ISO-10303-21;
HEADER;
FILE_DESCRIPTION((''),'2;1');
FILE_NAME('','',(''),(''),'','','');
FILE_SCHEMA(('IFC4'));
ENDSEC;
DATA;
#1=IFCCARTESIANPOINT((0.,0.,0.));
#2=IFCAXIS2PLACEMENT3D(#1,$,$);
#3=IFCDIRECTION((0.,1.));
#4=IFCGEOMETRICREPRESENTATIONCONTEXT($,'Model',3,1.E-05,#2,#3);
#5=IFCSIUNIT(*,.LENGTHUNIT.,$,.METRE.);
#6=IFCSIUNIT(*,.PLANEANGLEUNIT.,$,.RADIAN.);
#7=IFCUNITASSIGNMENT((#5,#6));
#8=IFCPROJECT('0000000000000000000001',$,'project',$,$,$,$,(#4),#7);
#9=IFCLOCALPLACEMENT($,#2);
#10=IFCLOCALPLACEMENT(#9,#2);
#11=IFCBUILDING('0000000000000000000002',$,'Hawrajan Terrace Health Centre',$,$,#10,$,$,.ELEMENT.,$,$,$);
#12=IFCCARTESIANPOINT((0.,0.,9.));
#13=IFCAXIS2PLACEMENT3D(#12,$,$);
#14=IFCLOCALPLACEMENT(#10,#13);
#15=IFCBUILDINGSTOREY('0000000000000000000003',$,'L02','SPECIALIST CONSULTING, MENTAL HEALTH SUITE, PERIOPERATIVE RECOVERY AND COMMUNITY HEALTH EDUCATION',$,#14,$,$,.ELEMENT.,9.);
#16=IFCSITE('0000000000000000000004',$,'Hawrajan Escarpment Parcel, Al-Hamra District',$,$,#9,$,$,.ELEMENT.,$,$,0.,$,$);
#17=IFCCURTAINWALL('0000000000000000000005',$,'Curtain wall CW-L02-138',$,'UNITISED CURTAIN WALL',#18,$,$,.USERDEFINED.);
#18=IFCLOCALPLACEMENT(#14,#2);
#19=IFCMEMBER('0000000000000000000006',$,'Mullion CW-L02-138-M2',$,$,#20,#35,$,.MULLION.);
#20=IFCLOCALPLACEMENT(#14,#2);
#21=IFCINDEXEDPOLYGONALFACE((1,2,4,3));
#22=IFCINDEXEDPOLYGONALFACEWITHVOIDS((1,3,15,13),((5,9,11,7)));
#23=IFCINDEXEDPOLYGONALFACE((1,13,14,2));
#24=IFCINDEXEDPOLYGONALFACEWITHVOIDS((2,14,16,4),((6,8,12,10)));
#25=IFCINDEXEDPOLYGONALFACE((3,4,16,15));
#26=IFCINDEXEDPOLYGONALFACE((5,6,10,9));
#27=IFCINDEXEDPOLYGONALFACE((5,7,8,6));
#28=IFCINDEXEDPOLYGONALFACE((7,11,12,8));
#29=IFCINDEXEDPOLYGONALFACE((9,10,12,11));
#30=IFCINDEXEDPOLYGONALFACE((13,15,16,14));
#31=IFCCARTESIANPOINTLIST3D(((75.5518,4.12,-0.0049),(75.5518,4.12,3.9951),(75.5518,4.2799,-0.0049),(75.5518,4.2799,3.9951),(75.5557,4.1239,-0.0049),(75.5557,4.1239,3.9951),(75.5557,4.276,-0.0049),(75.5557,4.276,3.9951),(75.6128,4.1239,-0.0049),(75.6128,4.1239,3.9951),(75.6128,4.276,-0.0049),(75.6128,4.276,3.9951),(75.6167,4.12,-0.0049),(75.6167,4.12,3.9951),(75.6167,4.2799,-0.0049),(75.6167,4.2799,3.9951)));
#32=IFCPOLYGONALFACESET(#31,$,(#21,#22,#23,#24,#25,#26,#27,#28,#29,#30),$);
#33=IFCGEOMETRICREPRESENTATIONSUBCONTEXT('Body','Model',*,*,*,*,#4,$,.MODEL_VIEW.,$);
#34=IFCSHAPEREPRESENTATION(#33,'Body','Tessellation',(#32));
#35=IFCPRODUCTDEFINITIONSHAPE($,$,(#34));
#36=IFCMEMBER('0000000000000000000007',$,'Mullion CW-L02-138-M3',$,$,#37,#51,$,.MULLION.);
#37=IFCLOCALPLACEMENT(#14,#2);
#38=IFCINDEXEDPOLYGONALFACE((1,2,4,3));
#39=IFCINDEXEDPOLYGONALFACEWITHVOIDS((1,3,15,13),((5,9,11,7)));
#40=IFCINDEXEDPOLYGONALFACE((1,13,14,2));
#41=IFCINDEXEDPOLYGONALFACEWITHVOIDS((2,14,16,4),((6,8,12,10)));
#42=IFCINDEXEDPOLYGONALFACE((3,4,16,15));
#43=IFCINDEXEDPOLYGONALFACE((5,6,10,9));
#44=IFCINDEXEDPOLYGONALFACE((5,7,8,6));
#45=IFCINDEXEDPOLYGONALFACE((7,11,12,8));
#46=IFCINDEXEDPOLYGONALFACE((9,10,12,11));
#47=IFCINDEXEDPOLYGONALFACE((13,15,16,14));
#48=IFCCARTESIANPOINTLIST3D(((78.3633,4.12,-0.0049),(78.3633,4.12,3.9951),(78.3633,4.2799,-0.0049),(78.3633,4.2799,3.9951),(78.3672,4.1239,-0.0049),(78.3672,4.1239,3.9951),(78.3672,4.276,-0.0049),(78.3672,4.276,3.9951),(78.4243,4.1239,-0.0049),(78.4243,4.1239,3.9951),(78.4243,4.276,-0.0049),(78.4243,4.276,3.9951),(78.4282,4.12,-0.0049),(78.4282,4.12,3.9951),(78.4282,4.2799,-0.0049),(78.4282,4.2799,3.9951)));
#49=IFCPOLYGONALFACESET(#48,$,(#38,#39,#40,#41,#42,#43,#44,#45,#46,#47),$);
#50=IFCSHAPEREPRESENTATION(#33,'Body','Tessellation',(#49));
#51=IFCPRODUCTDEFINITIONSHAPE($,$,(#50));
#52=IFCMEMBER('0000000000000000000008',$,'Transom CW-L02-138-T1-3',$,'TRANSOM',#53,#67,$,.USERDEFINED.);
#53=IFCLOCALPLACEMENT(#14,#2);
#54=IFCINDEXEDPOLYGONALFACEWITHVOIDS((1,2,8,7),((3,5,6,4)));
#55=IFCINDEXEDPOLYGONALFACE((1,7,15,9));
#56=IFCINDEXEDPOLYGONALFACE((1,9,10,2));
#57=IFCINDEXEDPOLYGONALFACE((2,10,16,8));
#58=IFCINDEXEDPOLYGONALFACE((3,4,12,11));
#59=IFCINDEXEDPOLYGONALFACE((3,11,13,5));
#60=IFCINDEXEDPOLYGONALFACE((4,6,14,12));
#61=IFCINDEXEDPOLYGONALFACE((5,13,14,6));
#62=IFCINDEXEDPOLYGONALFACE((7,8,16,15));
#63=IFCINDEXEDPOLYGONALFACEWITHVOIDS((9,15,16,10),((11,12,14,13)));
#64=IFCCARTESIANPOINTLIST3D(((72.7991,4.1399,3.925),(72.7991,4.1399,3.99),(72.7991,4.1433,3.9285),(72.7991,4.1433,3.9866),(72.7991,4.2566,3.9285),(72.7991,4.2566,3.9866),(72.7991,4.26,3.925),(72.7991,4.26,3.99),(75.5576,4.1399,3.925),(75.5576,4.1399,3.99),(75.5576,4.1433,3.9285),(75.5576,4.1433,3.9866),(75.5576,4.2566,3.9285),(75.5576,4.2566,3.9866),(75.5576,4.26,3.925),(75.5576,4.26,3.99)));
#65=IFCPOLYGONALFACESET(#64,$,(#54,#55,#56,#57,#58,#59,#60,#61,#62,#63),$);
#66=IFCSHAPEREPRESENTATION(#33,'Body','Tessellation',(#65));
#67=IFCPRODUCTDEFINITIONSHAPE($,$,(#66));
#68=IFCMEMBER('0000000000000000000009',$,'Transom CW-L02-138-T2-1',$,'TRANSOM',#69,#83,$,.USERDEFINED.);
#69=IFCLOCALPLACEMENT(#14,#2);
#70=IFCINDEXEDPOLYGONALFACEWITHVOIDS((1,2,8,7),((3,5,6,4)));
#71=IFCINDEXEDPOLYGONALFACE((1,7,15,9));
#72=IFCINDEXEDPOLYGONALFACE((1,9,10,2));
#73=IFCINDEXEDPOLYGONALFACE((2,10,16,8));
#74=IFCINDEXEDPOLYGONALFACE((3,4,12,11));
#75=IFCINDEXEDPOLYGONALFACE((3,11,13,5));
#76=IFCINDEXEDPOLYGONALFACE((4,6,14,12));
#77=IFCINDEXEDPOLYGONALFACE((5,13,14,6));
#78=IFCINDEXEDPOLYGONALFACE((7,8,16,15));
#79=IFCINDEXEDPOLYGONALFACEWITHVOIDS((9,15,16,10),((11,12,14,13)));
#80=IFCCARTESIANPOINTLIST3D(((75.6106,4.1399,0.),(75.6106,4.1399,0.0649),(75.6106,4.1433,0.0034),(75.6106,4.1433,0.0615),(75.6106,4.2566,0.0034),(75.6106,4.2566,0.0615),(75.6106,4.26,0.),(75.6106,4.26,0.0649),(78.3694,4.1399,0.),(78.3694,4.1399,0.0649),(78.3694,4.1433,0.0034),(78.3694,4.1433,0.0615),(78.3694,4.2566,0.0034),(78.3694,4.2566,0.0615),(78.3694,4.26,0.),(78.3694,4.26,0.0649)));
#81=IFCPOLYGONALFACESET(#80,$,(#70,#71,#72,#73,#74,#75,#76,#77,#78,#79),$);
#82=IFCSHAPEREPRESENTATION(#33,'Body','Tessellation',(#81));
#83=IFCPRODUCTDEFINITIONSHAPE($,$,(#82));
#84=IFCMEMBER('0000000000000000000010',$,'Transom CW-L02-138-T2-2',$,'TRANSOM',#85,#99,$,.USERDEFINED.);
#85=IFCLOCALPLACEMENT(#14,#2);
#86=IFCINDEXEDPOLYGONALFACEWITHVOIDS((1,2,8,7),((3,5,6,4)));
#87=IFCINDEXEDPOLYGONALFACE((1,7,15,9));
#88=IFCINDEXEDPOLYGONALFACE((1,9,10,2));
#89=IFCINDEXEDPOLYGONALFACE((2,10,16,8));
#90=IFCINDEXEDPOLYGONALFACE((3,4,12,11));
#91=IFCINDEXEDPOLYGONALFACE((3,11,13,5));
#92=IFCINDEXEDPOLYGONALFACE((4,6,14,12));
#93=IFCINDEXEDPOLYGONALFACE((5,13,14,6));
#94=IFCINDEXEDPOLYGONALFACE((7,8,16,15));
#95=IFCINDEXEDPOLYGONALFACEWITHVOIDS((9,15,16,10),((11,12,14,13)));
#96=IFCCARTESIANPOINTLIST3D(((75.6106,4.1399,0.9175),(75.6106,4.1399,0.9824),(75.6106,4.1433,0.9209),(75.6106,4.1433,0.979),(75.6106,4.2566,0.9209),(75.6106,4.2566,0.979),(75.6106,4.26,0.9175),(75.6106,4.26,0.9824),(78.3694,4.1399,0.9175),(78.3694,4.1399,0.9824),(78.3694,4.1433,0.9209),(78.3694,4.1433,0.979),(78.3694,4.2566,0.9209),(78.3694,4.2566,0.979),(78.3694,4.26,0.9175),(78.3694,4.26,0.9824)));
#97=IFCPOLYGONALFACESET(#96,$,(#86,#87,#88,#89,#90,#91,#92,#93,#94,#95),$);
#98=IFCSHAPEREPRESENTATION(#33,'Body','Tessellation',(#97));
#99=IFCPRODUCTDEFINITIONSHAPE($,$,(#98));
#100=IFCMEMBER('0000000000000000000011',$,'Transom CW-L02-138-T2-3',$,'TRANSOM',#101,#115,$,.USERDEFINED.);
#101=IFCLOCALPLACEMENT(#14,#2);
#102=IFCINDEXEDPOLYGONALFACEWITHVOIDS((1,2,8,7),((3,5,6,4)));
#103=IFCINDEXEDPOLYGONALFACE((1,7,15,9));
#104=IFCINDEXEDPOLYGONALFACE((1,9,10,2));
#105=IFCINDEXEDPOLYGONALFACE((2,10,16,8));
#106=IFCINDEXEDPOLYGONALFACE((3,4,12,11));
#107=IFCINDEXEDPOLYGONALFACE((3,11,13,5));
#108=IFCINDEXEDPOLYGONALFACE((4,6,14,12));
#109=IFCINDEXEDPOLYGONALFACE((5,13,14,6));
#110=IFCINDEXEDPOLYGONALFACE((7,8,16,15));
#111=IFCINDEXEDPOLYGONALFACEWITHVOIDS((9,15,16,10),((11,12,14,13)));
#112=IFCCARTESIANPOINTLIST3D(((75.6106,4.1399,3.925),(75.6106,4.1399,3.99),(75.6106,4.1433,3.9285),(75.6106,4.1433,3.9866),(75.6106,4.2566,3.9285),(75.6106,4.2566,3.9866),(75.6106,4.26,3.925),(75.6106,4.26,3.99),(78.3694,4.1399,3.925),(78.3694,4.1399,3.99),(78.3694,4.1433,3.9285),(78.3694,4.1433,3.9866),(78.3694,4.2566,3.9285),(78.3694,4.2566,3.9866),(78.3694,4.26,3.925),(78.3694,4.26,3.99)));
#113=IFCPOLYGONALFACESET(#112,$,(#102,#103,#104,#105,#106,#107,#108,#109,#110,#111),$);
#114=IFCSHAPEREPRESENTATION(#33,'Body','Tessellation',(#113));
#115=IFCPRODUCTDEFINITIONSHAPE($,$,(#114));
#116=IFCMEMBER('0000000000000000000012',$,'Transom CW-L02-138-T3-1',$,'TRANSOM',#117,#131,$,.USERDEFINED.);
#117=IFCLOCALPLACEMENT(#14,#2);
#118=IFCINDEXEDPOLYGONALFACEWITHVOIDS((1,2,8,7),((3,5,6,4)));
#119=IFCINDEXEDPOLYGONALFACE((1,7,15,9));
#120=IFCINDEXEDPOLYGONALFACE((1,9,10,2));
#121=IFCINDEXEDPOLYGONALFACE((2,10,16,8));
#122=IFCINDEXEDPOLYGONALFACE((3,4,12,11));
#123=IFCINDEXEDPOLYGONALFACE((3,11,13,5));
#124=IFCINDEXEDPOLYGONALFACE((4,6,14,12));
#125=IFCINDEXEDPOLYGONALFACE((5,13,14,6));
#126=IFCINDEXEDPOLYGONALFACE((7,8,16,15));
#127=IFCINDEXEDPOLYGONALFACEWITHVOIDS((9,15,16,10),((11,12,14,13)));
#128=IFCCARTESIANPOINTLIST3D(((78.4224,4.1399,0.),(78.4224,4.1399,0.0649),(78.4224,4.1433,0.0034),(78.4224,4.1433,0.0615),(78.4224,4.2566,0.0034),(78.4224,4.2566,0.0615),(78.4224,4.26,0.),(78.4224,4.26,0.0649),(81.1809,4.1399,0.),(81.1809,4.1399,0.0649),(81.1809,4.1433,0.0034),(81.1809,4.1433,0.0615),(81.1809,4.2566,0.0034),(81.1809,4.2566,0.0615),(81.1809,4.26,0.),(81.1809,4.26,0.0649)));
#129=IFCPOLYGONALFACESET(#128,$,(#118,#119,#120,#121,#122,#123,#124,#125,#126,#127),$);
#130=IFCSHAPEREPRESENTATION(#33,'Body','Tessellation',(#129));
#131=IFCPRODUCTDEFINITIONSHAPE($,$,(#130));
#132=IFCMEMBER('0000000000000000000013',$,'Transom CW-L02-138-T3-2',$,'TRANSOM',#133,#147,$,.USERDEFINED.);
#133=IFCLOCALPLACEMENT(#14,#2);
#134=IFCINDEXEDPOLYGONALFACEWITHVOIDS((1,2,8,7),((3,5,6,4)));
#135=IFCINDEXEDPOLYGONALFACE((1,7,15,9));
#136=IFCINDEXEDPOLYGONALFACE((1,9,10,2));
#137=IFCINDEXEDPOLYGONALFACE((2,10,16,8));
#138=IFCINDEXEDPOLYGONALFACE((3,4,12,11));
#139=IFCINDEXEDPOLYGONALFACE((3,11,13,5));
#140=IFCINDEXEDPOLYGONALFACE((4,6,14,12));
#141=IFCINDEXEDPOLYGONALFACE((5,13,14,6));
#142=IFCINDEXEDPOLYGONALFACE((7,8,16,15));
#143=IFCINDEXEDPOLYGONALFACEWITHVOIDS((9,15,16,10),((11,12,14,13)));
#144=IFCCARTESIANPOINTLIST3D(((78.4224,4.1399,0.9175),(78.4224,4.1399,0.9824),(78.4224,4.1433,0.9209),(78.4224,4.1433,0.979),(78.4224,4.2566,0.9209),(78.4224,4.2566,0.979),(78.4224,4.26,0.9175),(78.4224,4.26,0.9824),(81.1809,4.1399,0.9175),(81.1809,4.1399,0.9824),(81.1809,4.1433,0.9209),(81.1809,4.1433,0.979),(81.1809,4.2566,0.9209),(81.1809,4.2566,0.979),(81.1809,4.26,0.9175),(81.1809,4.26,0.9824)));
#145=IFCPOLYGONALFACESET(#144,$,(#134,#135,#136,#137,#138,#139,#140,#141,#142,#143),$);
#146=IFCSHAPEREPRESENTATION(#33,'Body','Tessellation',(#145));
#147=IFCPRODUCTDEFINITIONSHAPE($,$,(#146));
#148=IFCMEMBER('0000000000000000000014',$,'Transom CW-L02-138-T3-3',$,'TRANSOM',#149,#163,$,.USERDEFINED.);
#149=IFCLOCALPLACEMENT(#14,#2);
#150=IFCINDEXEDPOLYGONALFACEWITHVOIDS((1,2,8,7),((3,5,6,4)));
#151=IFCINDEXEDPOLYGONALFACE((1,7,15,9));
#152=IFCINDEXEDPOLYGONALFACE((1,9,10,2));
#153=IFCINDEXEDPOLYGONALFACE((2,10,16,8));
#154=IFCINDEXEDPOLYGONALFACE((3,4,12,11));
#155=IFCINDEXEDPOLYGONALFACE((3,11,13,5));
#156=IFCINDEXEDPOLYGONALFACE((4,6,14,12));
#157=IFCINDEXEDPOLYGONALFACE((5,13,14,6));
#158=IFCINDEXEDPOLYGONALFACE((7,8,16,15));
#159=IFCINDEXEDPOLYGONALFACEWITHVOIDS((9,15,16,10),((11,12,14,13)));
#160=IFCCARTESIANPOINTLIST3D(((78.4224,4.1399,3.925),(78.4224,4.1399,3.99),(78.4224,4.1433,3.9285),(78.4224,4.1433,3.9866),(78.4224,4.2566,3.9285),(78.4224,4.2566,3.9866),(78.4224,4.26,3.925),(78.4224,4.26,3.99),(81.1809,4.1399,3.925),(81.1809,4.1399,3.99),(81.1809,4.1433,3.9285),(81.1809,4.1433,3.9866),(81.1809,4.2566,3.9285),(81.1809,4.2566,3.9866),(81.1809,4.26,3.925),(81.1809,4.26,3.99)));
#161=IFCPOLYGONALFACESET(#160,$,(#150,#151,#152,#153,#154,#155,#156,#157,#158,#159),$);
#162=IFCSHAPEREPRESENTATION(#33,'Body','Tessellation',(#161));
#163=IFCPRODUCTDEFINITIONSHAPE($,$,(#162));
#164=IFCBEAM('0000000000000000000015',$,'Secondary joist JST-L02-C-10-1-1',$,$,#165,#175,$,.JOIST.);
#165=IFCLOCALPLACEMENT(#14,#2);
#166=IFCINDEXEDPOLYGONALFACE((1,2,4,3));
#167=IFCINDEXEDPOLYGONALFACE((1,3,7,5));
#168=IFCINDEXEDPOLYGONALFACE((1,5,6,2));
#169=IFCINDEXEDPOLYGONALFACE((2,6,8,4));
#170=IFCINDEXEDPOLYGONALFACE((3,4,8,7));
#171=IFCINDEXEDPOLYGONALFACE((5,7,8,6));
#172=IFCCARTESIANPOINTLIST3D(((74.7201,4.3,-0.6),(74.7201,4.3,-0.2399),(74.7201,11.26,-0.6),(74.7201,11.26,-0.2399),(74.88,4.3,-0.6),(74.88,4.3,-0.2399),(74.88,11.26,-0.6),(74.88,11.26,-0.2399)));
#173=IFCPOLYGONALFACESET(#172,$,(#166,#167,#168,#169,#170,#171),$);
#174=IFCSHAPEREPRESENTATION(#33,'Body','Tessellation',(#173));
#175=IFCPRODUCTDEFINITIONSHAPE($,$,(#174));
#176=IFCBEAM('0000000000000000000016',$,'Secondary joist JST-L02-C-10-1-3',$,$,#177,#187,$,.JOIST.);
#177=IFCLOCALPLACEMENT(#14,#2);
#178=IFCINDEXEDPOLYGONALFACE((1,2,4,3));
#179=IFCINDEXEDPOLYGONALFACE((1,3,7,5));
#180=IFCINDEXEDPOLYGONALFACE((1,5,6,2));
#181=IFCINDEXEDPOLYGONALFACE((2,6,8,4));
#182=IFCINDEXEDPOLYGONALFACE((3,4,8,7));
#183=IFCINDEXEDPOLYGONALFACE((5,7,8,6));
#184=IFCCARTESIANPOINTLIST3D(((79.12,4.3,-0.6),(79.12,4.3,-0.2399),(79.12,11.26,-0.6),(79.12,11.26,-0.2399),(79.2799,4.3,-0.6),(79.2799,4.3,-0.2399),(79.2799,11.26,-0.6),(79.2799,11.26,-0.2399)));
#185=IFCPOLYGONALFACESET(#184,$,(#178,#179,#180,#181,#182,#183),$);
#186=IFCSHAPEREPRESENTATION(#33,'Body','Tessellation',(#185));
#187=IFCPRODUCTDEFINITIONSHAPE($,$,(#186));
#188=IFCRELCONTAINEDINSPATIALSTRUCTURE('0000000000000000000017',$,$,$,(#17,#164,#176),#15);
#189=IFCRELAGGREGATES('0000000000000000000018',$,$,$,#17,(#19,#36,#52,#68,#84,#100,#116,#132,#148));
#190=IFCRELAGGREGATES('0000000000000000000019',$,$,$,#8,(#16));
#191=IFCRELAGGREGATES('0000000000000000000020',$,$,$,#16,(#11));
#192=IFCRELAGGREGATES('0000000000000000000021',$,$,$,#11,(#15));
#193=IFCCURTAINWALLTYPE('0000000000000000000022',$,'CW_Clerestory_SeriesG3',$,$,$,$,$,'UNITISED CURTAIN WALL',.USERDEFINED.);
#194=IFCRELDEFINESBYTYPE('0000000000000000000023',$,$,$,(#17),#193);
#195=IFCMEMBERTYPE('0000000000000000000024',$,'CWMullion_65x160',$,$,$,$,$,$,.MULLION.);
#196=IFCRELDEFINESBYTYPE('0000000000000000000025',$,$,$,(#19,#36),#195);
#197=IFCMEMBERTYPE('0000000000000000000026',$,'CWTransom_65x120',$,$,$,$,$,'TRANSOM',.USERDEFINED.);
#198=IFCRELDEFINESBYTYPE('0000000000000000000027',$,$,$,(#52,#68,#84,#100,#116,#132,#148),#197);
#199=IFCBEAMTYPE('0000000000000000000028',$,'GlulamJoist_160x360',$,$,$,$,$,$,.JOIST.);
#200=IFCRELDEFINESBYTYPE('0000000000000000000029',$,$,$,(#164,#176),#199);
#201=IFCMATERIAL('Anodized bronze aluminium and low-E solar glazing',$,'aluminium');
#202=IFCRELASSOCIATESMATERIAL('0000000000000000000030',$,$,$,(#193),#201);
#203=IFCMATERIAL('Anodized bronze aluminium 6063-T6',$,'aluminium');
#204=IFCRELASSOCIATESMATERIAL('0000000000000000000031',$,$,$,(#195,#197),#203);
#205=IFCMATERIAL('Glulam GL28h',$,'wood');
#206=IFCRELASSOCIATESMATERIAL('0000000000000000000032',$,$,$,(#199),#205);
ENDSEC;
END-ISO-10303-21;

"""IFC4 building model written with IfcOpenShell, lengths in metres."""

from ifc_helpers import new_model, si_unit, direction, frame, origin, origin_2d, place, context, subcontext, project, spatial, rectangle, hollow_rectangle, extrude, material, material_profile, profile_set, type_object, element, aggregate, save


model = new_model("IFC4")

# Units and contexts
model_context = context("Model", 3, precision=1e-05, world=origin(), true_north=direction((0.0, 1.0)))
body_context = subcontext(model_context, "Body", "Model", "MODEL_VIEW")
ifc_project = project(units=[si_unit("LENGTHUNIT", "METRE"), si_unit("PLANEANGLEUNIT", "RADIAN")], contexts=[model_context])

# Site, building, storey
site_placement = place(None, origin())
site = spatial("IfcSite", under=ifc_project, at=site_placement, Name="Hawrajan Escarpment Parcel, Al-Hamra District", CompositionType="ELEMENT", RefElevation=0.0)
building_placement = place(site_placement, origin())
building = spatial("IfcBuilding", under=site, at=building_placement, Name="Hawrajan Terrace Health Centre", CompositionType="ELEMENT")
storey_placement = place(building_placement, frame((0.0, 0.0, 9.0)))
storey = spatial("IfcBuildingStorey", under=building, at=storey_placement, Name="L02", Description="SPECIALIST CONSULTING, MENTAL HEALTH SUITE, PERIOPERATIVE RECOVERY AND COMMUNITY HEALTH EDUCATION", CompositionType="ELEMENT", Elevation=9.0)

# Curtain wall, members
ifc_material_1 = material(Name="Anodized bronze aluminium and low-E solar glazing", Category="aluminium")
curtain_wall_type = type_object("IfcCurtainWallType", Name="CW_Clerestory_SeriesG3", ElementType="UNITISED CURTAIN WALL", PredefinedType="USERDEFINED", material=ifc_material_1)
curtain_wall_placement = place(storey_placement, origin())
curtain_wall = element("IfcCurtainWall", 1, at=curtain_wall_placement, inside=storey, type_object=curtain_wall_type, Name="Curtain wall CW-L02-138", ObjectType="UNITISED CURTAIN WALL", PredefinedType="USERDEFINED")
ifc_material_2 = material(Name="Anodized bronze aluminium 6063-T6", Category="aluminium")
ifc_material_profile_1 = material_profile(ifc_material_2, hollow_rectangle(XDim=0.0649, YDim=0.1599, WallThickness=0.0039, at=origin_2d()), Name="CW MUL 65x160")
ifc_profile_set_1 = profile_set([ifc_material_profile_1], Name="Anodized bronze aluminium 6063-T6")
member_type_1 = type_object("IfcMemberType", Name="CWMullion_65x160", PredefinedType="MULLION", material=ifc_profile_set_1)
member_1_placement = place(storey_placement, frame((75.5842, 4.2, -0.0049), z_axis=(0.0, 0.0, 1.0), x_axis=(1.0, 0.0, 0.0)))
member_1 = element("IfcMember", 2, at=member_1_placement, type_object=member_type_1, Name="Mullion CW-L02-138-M2", PredefinedType="MULLION", context=body_context, shape_type="SweptSolid", body=[
    extrude(hollow_rectangle(XDim=0.0649, YDim=0.1599, WallThickness=0.0039, at=origin_2d()), origin(), (0.0, 0.0, 1.0), 4.0),
])
member_2_placement = place(storey_placement, frame((78.3958, 4.2, -0.0049), z_axis=(0.0, 0.0, 1.0), x_axis=(1.0, 0.0, 0.0)))
member_2 = element("IfcMember", 3, at=member_2_placement, type_object=member_type_1, Name="Mullion CW-L02-138-M3", PredefinedType="MULLION", context=body_context, shape_type="SweptSolid", body=[
    extrude(hollow_rectangle(XDim=0.0649, YDim=0.1599, WallThickness=0.0039, at=origin_2d()), origin(), (0.0, 0.0, 1.0), 4.0),
])
ifc_material_profile_2 = material_profile(ifc_material_2, hollow_rectangle(XDim=0.0649, YDim=0.1201, WallThickness=0.0034, at=origin_2d()), Name="CW TRN 65x120")
ifc_profile_set_2 = profile_set([ifc_material_profile_2], Name="Anodized bronze aluminium 6063-T6")
member_type_2 = type_object("IfcMemberType", Name="CWTransom_65x120", ElementType="TRANSOM", PredefinedType="USERDEFINED", material=ifc_profile_set_2)
member_3_placement = place(storey_placement, frame((72.7991, 4.2, 3.9575), z_axis=(1.0, 0.0, 0.0), x_axis=(0.0, 0.0, 1.0)))
member_3 = element("IfcMember", 4, at=member_3_placement, type_object=member_type_2, Name="Transom CW-L02-138-T1-3", ObjectType="TRANSOM", PredefinedType="USERDEFINED", context=body_context, shape_type="SweptSolid", body=[
    extrude(hollow_rectangle(XDim=0.0649, YDim=0.1201, WallThickness=0.0034, at=origin_2d()), origin(), (0.0, 0.0, 1.0), 2.7585),
])
member_4_placement = place(storey_placement, frame((75.6106, 4.2, 0.0325), z_axis=(1.0, 0.0, 0.0), x_axis=(0.0, 0.0, 1.0)))
member_4 = element("IfcMember", 5, at=member_4_placement, type_object=member_type_2, Name="Transom CW-L02-138-T2-1", ObjectType="TRANSOM", PredefinedType="USERDEFINED", context=body_context, shape_type="SweptSolid", body=[
    extrude(hollow_rectangle(XDim=0.0649, YDim=0.1201, WallThickness=0.0034, at=origin_2d()), origin(), (0.0, 0.0, 1.0), 2.7588),
])
member_5_placement = place(storey_placement, frame((75.6106, 4.2, 0.95), z_axis=(1.0, 0.0, 0.0), x_axis=(0.0, 0.0, 1.0)))
member_5 = element("IfcMember", 6, at=member_5_placement, type_object=member_type_2, Name="Transom CW-L02-138-T2-2", ObjectType="TRANSOM", PredefinedType="USERDEFINED", context=body_context, shape_type="SweptSolid", body=[
    extrude(hollow_rectangle(XDim=0.0649, YDim=0.1201, WallThickness=0.0034, at=origin_2d()), origin(), (0.0, 0.0, 1.0), 2.7588),
])
member_6_placement = place(storey_placement, frame((75.6106, 4.2, 3.9575), z_axis=(1.0, 0.0, 0.0), x_axis=(0.0, 0.0, 1.0)))
member_6 = element("IfcMember", 7, at=member_6_placement, type_object=member_type_2, Name="Transom CW-L02-138-T2-3", ObjectType="TRANSOM", PredefinedType="USERDEFINED", context=body_context, shape_type="SweptSolid", body=[
    extrude(hollow_rectangle(XDim=0.0649, YDim=0.1201, WallThickness=0.0034, at=origin_2d()), origin(), (0.0, 0.0, 1.0), 2.7588),
])
member_7_placement = place(storey_placement, frame((78.4224, 4.2, 0.0325), z_axis=(1.0, 0.0, 0.0), x_axis=(0.0, 0.0, 1.0)))
member_7 = element("IfcMember", 8, at=member_7_placement, type_object=member_type_2, Name="Transom CW-L02-138-T3-1", ObjectType="TRANSOM", PredefinedType="USERDEFINED", context=body_context, shape_type="SweptSolid", body=[
    extrude(hollow_rectangle(XDim=0.0649, YDim=0.1201, WallThickness=0.0034, at=origin_2d()), origin(), (0.0, 0.0, 1.0), 2.7585),
])
member_8_placement = place(storey_placement, frame((78.4224, 4.2, 0.95), z_axis=(1.0, 0.0, 0.0), x_axis=(0.0, 0.0, 1.0)))
member_8 = element("IfcMember", 9, at=member_8_placement, type_object=member_type_2, Name="Transom CW-L02-138-T3-2", ObjectType="TRANSOM", PredefinedType="USERDEFINED", context=body_context, shape_type="SweptSolid", body=[
    extrude(hollow_rectangle(XDim=0.0649, YDim=0.1201, WallThickness=0.0034, at=origin_2d()), origin(), (0.0, 0.0, 1.0), 2.7585),
])
member_9_placement = place(storey_placement, frame((78.4224, 4.2, 3.9575), z_axis=(1.0, 0.0, 0.0), x_axis=(0.0, 0.0, 1.0)))
member_9 = element("IfcMember", 10, at=member_9_placement, type_object=member_type_2, Name="Transom CW-L02-138-T3-3", ObjectType="TRANSOM", PredefinedType="USERDEFINED", context=body_context, shape_type="SweptSolid", body=[
    extrude(hollow_rectangle(XDim=0.0649, YDim=0.1201, WallThickness=0.0034, at=origin_2d()), origin(), (0.0, 0.0, 1.0), 2.7585),
])

# Beams
ifc_material_3 = material(Name="Glulam GL28h", Category="wood")
ifc_material_profile_3 = material_profile(ifc_material_3, rectangle(XDim=0.1599, YDim=0.3601, at=origin_2d()), Name="GL JST 160x360")
ifc_profile_set_3 = profile_set([ifc_material_profile_3], Name="Glulam GL28h")
beam_type_1 = type_object("IfcBeamType", Name="GlulamJoist_160x360", PredefinedType="JOIST", material=ifc_profile_set_3)
for number, where, z_axis, x_axis, name in (
    (11, (74.8, 4.3, -0.4199), (0.0, 1.0, 0.0), (-1.0, 0.0, 0.0), "Secondary joist JST-L02-C-10-1-1"),
    (12, (79.2, 4.3, -0.4199), (0.0, 1.0, 0.0), (-1.0, 0.0, 0.0), "Secondary joist JST-L02-C-10-1-3"),
):
    element("IfcBeam", number, at=place(storey_placement, frame(where, z_axis=z_axis, x_axis=x_axis)), inside=storey, type_object=beam_type_1, Name=name, PredefinedType="JOIST", context=body_context, shape_type="SweptSolid", body=[
        extrude(rectangle(XDim=0.1599, YDim=0.3601, at=origin_2d()), origin(), (0.0, 0.0, 1.0), 6.96),
    ])

aggregate(curtain_wall, [member_1, member_2, member_3, member_4, member_5, member_6, member_7, member_8, member_9])

save(model, "model.ifc")
